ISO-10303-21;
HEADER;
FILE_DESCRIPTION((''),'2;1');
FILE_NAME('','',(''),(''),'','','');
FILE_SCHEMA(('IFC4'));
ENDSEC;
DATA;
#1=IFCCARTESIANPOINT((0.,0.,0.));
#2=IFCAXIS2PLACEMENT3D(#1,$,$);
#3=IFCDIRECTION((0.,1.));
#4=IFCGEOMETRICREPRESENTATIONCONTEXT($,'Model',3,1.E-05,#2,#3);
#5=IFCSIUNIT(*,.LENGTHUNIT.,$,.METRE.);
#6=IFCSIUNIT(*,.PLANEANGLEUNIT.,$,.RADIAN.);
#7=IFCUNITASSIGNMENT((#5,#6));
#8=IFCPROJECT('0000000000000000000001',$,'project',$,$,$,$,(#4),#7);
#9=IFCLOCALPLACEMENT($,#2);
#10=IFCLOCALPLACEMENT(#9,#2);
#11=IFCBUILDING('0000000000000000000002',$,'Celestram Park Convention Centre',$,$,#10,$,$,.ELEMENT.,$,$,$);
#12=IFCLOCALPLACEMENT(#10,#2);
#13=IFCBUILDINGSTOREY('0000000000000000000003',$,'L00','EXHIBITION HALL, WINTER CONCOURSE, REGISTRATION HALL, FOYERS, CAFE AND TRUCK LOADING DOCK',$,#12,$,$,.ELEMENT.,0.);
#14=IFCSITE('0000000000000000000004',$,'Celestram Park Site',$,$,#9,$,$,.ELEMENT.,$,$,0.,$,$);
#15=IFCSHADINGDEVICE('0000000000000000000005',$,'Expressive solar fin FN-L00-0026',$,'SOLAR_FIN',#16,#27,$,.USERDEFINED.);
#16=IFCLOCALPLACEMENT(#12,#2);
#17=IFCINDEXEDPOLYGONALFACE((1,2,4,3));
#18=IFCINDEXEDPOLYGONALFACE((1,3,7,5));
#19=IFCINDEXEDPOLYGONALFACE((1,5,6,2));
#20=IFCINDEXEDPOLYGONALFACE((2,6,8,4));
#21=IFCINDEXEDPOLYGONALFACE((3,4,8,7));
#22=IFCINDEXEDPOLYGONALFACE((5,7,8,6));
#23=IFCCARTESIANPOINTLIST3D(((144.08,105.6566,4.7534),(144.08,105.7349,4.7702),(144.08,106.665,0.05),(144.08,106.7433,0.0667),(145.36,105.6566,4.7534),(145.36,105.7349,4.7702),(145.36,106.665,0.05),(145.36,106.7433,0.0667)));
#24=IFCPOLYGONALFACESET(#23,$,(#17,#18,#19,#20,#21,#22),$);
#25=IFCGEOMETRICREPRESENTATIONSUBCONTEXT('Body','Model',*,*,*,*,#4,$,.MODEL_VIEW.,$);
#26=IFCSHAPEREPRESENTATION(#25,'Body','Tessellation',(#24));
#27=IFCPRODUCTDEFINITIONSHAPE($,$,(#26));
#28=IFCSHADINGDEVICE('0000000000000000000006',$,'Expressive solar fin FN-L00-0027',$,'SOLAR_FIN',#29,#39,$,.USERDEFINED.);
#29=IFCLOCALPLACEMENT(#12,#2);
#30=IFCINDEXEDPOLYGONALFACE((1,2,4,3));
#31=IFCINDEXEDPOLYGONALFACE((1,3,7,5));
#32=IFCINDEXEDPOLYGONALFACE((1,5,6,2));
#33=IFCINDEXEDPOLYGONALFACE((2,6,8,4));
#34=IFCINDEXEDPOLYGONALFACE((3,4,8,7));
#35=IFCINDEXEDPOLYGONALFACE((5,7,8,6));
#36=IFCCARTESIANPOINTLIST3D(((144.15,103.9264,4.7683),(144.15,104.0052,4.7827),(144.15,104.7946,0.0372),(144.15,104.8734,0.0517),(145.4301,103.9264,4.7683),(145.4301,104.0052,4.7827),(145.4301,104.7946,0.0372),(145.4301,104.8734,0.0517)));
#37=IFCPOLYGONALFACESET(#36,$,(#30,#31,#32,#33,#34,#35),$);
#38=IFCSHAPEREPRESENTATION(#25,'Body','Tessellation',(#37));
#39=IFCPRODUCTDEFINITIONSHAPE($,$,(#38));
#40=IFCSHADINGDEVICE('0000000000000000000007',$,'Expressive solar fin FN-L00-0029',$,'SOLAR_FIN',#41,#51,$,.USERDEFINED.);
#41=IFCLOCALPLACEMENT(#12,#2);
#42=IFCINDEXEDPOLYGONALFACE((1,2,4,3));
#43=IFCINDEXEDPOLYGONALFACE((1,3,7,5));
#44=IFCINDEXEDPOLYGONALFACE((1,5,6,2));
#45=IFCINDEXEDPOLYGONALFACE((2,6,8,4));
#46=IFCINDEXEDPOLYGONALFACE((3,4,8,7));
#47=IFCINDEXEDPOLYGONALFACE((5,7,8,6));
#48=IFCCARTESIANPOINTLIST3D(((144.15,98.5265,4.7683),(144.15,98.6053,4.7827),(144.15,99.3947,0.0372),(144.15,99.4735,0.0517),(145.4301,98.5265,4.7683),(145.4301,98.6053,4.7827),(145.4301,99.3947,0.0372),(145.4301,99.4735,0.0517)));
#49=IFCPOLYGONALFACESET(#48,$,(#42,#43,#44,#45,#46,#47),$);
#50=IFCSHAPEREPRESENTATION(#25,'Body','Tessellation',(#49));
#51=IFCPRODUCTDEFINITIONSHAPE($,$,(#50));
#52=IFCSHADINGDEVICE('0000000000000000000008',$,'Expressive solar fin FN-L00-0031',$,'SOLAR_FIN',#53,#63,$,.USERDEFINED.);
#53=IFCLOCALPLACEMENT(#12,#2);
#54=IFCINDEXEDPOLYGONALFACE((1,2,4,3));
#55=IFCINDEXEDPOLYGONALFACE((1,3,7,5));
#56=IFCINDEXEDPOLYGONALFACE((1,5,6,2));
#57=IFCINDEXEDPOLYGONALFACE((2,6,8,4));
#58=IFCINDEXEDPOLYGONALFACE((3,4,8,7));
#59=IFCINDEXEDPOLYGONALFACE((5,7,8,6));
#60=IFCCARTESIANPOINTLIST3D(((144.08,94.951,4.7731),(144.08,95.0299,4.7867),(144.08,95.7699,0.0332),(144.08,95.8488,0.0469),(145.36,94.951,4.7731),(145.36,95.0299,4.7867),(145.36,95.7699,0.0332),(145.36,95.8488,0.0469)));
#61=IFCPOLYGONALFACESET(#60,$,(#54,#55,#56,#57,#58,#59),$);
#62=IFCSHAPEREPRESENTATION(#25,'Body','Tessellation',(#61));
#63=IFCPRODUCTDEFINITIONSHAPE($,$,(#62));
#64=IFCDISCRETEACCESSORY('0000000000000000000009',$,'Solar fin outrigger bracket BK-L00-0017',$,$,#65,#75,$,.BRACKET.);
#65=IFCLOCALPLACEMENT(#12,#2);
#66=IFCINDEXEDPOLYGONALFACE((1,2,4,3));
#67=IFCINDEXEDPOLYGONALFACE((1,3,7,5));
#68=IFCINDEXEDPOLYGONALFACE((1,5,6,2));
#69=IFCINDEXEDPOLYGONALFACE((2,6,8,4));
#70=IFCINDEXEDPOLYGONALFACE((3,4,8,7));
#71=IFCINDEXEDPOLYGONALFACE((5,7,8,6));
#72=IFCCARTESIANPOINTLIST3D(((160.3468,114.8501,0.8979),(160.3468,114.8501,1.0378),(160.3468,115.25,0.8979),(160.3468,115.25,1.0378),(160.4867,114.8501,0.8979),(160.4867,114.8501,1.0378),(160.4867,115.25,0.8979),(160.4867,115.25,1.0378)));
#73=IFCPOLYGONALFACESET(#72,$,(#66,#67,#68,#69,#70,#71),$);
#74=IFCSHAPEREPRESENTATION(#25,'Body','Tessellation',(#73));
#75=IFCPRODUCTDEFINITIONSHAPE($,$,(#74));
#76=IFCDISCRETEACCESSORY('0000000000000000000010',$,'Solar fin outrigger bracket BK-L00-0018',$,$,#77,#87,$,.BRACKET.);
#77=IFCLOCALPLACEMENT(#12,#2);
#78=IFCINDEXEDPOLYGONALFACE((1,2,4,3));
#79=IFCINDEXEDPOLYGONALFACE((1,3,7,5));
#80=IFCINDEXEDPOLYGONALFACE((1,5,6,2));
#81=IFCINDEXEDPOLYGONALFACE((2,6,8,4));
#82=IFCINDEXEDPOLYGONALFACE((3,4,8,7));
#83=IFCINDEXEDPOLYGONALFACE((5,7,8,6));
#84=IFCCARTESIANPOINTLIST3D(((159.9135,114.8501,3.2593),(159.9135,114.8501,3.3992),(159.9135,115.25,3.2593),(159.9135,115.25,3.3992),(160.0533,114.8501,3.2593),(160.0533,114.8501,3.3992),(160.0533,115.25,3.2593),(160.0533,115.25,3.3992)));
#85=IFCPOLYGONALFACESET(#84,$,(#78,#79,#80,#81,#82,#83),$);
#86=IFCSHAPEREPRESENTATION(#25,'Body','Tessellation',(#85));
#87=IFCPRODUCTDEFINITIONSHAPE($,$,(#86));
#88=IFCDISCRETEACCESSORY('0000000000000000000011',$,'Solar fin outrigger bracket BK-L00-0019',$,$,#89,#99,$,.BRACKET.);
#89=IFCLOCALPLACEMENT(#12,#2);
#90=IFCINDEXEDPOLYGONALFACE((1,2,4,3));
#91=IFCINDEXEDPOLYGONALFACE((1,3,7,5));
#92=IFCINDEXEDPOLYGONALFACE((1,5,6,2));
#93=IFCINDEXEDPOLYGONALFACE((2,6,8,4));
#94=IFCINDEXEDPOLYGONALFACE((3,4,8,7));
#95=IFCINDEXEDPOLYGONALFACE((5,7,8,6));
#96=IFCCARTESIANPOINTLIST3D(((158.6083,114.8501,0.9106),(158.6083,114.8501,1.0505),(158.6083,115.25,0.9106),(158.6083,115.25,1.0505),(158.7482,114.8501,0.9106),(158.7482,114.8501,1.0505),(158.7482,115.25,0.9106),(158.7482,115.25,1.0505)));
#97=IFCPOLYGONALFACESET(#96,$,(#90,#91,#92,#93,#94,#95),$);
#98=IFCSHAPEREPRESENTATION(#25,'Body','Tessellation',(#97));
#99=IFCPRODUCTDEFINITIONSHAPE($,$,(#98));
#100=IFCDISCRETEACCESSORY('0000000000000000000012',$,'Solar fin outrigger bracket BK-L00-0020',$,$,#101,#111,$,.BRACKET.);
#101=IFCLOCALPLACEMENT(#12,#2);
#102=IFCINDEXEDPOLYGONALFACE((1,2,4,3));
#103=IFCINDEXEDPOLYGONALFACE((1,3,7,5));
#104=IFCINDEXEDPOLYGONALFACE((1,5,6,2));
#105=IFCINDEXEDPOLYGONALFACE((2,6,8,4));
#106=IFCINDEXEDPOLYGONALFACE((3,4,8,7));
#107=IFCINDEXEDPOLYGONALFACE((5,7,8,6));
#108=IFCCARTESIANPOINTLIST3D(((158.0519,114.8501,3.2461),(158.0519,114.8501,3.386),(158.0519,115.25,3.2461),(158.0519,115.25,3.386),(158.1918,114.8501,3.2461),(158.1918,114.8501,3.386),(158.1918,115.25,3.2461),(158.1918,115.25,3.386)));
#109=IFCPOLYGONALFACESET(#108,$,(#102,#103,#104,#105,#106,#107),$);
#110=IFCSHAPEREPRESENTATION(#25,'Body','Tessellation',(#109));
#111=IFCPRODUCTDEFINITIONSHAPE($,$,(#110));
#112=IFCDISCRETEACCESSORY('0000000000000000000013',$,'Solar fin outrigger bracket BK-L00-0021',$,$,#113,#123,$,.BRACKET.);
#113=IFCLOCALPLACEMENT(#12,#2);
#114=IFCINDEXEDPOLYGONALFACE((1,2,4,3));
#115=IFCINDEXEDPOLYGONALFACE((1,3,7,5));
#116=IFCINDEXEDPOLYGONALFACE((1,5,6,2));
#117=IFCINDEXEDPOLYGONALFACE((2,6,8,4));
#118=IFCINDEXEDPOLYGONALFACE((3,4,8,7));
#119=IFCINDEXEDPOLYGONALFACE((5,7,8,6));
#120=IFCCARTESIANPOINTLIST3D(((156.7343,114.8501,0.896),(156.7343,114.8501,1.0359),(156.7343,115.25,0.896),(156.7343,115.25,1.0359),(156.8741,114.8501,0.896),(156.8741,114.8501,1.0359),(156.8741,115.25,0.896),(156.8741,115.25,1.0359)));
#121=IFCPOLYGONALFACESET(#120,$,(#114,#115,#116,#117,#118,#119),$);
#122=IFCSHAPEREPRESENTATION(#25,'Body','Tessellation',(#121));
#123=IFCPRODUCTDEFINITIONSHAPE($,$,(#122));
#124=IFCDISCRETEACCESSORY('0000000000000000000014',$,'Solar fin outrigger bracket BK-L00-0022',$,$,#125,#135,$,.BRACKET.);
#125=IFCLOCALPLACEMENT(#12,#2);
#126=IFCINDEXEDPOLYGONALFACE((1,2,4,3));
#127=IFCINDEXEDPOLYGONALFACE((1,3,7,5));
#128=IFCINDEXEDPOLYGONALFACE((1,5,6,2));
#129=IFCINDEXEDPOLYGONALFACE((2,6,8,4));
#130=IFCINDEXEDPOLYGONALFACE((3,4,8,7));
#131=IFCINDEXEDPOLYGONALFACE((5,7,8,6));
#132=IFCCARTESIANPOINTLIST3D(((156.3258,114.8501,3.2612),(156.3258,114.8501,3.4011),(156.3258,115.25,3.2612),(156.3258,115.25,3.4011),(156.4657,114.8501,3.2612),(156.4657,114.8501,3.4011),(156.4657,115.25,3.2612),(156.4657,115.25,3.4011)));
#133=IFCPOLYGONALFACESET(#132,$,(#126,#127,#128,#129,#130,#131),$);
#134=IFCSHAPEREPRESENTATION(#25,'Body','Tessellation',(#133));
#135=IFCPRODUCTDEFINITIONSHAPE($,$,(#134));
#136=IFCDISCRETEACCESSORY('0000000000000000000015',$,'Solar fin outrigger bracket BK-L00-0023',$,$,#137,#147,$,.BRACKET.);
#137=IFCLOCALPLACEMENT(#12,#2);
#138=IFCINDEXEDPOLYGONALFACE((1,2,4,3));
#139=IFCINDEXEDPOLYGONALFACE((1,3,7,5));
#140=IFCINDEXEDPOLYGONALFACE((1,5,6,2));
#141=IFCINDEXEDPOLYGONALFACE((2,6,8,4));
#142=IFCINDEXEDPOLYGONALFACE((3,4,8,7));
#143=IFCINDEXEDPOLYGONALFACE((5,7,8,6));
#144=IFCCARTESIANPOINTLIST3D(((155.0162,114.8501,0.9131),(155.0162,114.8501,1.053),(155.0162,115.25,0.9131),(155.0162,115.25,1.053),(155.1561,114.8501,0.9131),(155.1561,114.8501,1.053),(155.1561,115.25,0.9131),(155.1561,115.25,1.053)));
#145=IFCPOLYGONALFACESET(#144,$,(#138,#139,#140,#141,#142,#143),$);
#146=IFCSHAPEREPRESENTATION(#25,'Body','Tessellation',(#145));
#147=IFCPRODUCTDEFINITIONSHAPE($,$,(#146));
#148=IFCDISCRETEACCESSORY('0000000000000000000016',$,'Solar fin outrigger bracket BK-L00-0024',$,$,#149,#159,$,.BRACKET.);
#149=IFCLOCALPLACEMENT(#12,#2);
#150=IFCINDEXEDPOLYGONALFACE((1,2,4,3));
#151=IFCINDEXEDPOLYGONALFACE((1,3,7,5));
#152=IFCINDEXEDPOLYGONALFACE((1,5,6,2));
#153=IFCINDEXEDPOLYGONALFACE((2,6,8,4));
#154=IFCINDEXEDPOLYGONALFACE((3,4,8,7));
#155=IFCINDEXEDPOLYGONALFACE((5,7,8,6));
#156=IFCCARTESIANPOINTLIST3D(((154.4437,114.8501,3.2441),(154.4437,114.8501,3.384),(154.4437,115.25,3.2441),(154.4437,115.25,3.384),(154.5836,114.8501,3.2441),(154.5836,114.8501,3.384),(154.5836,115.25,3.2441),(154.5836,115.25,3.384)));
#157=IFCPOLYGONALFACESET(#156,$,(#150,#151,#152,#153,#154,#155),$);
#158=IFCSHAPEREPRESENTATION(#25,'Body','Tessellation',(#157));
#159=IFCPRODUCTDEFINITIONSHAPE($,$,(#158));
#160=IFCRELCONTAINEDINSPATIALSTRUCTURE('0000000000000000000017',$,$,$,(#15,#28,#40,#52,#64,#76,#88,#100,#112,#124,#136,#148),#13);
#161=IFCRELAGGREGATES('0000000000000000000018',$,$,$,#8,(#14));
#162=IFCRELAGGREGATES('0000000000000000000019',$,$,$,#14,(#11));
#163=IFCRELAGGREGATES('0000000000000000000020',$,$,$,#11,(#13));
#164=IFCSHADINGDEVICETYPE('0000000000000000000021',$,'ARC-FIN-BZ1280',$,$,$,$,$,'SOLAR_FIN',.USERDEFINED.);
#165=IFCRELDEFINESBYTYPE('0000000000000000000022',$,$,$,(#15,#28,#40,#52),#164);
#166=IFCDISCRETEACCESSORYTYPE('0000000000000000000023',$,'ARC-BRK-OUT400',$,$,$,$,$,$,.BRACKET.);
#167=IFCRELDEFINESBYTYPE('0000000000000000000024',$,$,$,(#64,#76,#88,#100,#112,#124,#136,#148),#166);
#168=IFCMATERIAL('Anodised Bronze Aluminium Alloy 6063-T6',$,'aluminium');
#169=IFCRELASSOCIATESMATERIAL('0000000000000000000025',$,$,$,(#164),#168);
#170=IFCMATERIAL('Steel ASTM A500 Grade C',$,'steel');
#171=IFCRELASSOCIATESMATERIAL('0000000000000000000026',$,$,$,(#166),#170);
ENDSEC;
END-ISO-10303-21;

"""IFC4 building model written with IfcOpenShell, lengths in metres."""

from ifc_helpers import new_model, si_unit, direction, frame, origin, origin_2d, place, context, subcontext, project, spatial, rectangle, extrude, material, material_profile, profile_set, type_object, element, save


model = new_model("IFC4")

# Units and contexts
model_context = context("Model", 3, precision=1e-05, world=origin(), true_north=direction((0.0, 1.0)))
body_context = subcontext(model_context, "Body", "Model", "MODEL_VIEW")
ifc_project = project(units=[si_unit("LENGTHUNIT", "METRE"), si_unit("PLANEANGLEUNIT", "RADIAN")], contexts=[model_context])

# Site, building, storey
site_placement = place(None, origin())
site = spatial("IfcSite", under=ifc_project, at=site_placement, Name="Celestram Park Site", CompositionType="ELEMENT", RefElevation=0.0)
building_placement = place(site_placement, origin())
building = spatial("IfcBuilding", under=site, at=building_placement, Name="Celestram Park Convention Centre", CompositionType="ELEMENT")
storey_placement = place(building_placement, origin())
storey = spatial("IfcBuildingStorey", under=building, at=storey_placement, Name="L00", Description="EXHIBITION HALL, WINTER CONCOURSE, REGISTRATION HALL, FOYERS, CAFE AND TRUCK LOADING DOCK", CompositionType="ELEMENT", Elevation=0.0)

# Shading devices
ifc_material_1 = material(Name="Anodised Bronze Aluminium Alloy 6063-T6", Category="aluminium")
ifc_material_profile_1 = material_profile(ifc_material_1, rectangle(XDim=1.28, YDim=0.0801, at=origin_2d()), Name="FIN1280X80")
ifc_profile_set_1 = profile_set([ifc_material_profile_1], Name="Anodised Bronze Aluminium Alloy 6063-T6")
shading_device_type = type_object("IfcShadingDeviceType", Name="ARC-FIN-BZ1280", ElementType="SOLAR_FIN", PredefinedType="USERDEFINED", material=ifc_profile_set_1)
shading_device_1_placement = place(storey_placement, frame((144.72, 106.7041, 0.0583), z_axis=(0.0, -0.209616, 0.977784), x_axis=(1.0, 0.0, 0.0)))
element("IfcShadingDevice", 1, at=shading_device_1_placement, inside=storey, type_object=shading_device_type, Name="Expressive solar fin FN-L00-0026", ObjectType="SOLAR_FIN", PredefinedType="USERDEFINED", context=body_context, shape_type="SweptSolid", body=[
    extrude(rectangle(XDim=1.28, YDim=0.0801, at=origin_2d()), origin(), (0.0, 0.0, 1.0), 4.8103),
])
for number, where, z_axis, x_axis, name in (
    (2, (144.79, 104.834, 0.0444), (0.0, -0.180493, 0.983576), (1.0, 0.0, 0.0), "Expressive solar fin FN-L00-0027"),
    (3, (144.79, 99.4341, 0.0444), (0.0, -0.180493, 0.983576), (1.0, 0.0, 0.0), "Expressive solar fin FN-L00-0029"),
    (4, (144.72, 95.8093, 0.04), (0.0, -0.17024, 0.985403), (1.0, 0.0, 0.0), "Expressive solar fin FN-L00-0031"),
):
    element("IfcShadingDevice", number, at=place(storey_placement, frame(where, z_axis=z_axis, x_axis=x_axis)), inside=storey, type_object=shading_device_type, Name=name, ObjectType="SOLAR_FIN", PredefinedType="USERDEFINED", context=body_context, shape_type="SweptSolid", body=[
        extrude(rectangle(XDim=1.28, YDim=0.0801, at=origin_2d()), origin(), (0.0, 0.0, 1.0), 4.8101),
    ])

# Discrete accessories
ifc_material_2 = material(Name="Steel ASTM A500 Grade C", Category="steel")
discrete_accessory_type = type_object("IfcDiscreteAccessoryType", Name="ARC-BRK-OUT400", PredefinedType="BRACKET", material=ifc_material_2)
for number, where, z_axis, x_axis, name in (
    (5, (160.4167, 115.05, 0.8979), (0.0, 0.0, 1.0), (0.0, -1.0, 0.0), "Solar fin outrigger bracket BK-L00-0017"),
    (6, (159.9834, 115.05, 3.2593), (0.0, 0.0, 1.0), (0.0, -1.0, 0.0), "Solar fin outrigger bracket BK-L00-0018"),
    (7, (158.6782, 115.05, 0.9106), (0.0, 0.0, 1.0), (0.0, -1.0, 0.0), "Solar fin outrigger bracket BK-L00-0019"),
    (8, (158.1218, 115.05, 3.2461), (0.0, 0.0, 1.0), (0.0, -1.0, 0.0), "Solar fin outrigger bracket BK-L00-0020"),
    (9, (156.8042, 115.05, 0.896), (0.0, 0.0, 1.0), (0.0, -1.0, 0.0), "Solar fin outrigger bracket BK-L00-0021"),
    (10, (156.3958, 115.05, 3.2612), (0.0, 0.0, 1.0), (0.0, -1.0, 0.0), "Solar fin outrigger bracket BK-L00-0022"),
    (11, (155.0862, 115.05, 0.9131), (0.0, 0.0, 1.0), (0.0, -1.0, 0.0), "Solar fin outrigger bracket BK-L00-0023"),
    (12, (154.5137, 115.05, 3.2441), (0.0, 0.0, 1.0), (0.0, -1.0, 0.0), "Solar fin outrigger bracket BK-L00-0024"),
):
    element("IfcDiscreteAccessory", number, at=place(storey_placement, frame(where, z_axis=z_axis, x_axis=x_axis)), inside=storey, type_object=discrete_accessory_type, Name=name, PredefinedType="BRACKET", context=body_context, shape_type="SweptSolid", body=[
        extrude(rectangle(XDim=0.3999, YDim=0.1399, at=origin_2d()), origin(), (0.0, 0.0, 1.0), 0.1399),
    ])

save(model, "model.ifc")
